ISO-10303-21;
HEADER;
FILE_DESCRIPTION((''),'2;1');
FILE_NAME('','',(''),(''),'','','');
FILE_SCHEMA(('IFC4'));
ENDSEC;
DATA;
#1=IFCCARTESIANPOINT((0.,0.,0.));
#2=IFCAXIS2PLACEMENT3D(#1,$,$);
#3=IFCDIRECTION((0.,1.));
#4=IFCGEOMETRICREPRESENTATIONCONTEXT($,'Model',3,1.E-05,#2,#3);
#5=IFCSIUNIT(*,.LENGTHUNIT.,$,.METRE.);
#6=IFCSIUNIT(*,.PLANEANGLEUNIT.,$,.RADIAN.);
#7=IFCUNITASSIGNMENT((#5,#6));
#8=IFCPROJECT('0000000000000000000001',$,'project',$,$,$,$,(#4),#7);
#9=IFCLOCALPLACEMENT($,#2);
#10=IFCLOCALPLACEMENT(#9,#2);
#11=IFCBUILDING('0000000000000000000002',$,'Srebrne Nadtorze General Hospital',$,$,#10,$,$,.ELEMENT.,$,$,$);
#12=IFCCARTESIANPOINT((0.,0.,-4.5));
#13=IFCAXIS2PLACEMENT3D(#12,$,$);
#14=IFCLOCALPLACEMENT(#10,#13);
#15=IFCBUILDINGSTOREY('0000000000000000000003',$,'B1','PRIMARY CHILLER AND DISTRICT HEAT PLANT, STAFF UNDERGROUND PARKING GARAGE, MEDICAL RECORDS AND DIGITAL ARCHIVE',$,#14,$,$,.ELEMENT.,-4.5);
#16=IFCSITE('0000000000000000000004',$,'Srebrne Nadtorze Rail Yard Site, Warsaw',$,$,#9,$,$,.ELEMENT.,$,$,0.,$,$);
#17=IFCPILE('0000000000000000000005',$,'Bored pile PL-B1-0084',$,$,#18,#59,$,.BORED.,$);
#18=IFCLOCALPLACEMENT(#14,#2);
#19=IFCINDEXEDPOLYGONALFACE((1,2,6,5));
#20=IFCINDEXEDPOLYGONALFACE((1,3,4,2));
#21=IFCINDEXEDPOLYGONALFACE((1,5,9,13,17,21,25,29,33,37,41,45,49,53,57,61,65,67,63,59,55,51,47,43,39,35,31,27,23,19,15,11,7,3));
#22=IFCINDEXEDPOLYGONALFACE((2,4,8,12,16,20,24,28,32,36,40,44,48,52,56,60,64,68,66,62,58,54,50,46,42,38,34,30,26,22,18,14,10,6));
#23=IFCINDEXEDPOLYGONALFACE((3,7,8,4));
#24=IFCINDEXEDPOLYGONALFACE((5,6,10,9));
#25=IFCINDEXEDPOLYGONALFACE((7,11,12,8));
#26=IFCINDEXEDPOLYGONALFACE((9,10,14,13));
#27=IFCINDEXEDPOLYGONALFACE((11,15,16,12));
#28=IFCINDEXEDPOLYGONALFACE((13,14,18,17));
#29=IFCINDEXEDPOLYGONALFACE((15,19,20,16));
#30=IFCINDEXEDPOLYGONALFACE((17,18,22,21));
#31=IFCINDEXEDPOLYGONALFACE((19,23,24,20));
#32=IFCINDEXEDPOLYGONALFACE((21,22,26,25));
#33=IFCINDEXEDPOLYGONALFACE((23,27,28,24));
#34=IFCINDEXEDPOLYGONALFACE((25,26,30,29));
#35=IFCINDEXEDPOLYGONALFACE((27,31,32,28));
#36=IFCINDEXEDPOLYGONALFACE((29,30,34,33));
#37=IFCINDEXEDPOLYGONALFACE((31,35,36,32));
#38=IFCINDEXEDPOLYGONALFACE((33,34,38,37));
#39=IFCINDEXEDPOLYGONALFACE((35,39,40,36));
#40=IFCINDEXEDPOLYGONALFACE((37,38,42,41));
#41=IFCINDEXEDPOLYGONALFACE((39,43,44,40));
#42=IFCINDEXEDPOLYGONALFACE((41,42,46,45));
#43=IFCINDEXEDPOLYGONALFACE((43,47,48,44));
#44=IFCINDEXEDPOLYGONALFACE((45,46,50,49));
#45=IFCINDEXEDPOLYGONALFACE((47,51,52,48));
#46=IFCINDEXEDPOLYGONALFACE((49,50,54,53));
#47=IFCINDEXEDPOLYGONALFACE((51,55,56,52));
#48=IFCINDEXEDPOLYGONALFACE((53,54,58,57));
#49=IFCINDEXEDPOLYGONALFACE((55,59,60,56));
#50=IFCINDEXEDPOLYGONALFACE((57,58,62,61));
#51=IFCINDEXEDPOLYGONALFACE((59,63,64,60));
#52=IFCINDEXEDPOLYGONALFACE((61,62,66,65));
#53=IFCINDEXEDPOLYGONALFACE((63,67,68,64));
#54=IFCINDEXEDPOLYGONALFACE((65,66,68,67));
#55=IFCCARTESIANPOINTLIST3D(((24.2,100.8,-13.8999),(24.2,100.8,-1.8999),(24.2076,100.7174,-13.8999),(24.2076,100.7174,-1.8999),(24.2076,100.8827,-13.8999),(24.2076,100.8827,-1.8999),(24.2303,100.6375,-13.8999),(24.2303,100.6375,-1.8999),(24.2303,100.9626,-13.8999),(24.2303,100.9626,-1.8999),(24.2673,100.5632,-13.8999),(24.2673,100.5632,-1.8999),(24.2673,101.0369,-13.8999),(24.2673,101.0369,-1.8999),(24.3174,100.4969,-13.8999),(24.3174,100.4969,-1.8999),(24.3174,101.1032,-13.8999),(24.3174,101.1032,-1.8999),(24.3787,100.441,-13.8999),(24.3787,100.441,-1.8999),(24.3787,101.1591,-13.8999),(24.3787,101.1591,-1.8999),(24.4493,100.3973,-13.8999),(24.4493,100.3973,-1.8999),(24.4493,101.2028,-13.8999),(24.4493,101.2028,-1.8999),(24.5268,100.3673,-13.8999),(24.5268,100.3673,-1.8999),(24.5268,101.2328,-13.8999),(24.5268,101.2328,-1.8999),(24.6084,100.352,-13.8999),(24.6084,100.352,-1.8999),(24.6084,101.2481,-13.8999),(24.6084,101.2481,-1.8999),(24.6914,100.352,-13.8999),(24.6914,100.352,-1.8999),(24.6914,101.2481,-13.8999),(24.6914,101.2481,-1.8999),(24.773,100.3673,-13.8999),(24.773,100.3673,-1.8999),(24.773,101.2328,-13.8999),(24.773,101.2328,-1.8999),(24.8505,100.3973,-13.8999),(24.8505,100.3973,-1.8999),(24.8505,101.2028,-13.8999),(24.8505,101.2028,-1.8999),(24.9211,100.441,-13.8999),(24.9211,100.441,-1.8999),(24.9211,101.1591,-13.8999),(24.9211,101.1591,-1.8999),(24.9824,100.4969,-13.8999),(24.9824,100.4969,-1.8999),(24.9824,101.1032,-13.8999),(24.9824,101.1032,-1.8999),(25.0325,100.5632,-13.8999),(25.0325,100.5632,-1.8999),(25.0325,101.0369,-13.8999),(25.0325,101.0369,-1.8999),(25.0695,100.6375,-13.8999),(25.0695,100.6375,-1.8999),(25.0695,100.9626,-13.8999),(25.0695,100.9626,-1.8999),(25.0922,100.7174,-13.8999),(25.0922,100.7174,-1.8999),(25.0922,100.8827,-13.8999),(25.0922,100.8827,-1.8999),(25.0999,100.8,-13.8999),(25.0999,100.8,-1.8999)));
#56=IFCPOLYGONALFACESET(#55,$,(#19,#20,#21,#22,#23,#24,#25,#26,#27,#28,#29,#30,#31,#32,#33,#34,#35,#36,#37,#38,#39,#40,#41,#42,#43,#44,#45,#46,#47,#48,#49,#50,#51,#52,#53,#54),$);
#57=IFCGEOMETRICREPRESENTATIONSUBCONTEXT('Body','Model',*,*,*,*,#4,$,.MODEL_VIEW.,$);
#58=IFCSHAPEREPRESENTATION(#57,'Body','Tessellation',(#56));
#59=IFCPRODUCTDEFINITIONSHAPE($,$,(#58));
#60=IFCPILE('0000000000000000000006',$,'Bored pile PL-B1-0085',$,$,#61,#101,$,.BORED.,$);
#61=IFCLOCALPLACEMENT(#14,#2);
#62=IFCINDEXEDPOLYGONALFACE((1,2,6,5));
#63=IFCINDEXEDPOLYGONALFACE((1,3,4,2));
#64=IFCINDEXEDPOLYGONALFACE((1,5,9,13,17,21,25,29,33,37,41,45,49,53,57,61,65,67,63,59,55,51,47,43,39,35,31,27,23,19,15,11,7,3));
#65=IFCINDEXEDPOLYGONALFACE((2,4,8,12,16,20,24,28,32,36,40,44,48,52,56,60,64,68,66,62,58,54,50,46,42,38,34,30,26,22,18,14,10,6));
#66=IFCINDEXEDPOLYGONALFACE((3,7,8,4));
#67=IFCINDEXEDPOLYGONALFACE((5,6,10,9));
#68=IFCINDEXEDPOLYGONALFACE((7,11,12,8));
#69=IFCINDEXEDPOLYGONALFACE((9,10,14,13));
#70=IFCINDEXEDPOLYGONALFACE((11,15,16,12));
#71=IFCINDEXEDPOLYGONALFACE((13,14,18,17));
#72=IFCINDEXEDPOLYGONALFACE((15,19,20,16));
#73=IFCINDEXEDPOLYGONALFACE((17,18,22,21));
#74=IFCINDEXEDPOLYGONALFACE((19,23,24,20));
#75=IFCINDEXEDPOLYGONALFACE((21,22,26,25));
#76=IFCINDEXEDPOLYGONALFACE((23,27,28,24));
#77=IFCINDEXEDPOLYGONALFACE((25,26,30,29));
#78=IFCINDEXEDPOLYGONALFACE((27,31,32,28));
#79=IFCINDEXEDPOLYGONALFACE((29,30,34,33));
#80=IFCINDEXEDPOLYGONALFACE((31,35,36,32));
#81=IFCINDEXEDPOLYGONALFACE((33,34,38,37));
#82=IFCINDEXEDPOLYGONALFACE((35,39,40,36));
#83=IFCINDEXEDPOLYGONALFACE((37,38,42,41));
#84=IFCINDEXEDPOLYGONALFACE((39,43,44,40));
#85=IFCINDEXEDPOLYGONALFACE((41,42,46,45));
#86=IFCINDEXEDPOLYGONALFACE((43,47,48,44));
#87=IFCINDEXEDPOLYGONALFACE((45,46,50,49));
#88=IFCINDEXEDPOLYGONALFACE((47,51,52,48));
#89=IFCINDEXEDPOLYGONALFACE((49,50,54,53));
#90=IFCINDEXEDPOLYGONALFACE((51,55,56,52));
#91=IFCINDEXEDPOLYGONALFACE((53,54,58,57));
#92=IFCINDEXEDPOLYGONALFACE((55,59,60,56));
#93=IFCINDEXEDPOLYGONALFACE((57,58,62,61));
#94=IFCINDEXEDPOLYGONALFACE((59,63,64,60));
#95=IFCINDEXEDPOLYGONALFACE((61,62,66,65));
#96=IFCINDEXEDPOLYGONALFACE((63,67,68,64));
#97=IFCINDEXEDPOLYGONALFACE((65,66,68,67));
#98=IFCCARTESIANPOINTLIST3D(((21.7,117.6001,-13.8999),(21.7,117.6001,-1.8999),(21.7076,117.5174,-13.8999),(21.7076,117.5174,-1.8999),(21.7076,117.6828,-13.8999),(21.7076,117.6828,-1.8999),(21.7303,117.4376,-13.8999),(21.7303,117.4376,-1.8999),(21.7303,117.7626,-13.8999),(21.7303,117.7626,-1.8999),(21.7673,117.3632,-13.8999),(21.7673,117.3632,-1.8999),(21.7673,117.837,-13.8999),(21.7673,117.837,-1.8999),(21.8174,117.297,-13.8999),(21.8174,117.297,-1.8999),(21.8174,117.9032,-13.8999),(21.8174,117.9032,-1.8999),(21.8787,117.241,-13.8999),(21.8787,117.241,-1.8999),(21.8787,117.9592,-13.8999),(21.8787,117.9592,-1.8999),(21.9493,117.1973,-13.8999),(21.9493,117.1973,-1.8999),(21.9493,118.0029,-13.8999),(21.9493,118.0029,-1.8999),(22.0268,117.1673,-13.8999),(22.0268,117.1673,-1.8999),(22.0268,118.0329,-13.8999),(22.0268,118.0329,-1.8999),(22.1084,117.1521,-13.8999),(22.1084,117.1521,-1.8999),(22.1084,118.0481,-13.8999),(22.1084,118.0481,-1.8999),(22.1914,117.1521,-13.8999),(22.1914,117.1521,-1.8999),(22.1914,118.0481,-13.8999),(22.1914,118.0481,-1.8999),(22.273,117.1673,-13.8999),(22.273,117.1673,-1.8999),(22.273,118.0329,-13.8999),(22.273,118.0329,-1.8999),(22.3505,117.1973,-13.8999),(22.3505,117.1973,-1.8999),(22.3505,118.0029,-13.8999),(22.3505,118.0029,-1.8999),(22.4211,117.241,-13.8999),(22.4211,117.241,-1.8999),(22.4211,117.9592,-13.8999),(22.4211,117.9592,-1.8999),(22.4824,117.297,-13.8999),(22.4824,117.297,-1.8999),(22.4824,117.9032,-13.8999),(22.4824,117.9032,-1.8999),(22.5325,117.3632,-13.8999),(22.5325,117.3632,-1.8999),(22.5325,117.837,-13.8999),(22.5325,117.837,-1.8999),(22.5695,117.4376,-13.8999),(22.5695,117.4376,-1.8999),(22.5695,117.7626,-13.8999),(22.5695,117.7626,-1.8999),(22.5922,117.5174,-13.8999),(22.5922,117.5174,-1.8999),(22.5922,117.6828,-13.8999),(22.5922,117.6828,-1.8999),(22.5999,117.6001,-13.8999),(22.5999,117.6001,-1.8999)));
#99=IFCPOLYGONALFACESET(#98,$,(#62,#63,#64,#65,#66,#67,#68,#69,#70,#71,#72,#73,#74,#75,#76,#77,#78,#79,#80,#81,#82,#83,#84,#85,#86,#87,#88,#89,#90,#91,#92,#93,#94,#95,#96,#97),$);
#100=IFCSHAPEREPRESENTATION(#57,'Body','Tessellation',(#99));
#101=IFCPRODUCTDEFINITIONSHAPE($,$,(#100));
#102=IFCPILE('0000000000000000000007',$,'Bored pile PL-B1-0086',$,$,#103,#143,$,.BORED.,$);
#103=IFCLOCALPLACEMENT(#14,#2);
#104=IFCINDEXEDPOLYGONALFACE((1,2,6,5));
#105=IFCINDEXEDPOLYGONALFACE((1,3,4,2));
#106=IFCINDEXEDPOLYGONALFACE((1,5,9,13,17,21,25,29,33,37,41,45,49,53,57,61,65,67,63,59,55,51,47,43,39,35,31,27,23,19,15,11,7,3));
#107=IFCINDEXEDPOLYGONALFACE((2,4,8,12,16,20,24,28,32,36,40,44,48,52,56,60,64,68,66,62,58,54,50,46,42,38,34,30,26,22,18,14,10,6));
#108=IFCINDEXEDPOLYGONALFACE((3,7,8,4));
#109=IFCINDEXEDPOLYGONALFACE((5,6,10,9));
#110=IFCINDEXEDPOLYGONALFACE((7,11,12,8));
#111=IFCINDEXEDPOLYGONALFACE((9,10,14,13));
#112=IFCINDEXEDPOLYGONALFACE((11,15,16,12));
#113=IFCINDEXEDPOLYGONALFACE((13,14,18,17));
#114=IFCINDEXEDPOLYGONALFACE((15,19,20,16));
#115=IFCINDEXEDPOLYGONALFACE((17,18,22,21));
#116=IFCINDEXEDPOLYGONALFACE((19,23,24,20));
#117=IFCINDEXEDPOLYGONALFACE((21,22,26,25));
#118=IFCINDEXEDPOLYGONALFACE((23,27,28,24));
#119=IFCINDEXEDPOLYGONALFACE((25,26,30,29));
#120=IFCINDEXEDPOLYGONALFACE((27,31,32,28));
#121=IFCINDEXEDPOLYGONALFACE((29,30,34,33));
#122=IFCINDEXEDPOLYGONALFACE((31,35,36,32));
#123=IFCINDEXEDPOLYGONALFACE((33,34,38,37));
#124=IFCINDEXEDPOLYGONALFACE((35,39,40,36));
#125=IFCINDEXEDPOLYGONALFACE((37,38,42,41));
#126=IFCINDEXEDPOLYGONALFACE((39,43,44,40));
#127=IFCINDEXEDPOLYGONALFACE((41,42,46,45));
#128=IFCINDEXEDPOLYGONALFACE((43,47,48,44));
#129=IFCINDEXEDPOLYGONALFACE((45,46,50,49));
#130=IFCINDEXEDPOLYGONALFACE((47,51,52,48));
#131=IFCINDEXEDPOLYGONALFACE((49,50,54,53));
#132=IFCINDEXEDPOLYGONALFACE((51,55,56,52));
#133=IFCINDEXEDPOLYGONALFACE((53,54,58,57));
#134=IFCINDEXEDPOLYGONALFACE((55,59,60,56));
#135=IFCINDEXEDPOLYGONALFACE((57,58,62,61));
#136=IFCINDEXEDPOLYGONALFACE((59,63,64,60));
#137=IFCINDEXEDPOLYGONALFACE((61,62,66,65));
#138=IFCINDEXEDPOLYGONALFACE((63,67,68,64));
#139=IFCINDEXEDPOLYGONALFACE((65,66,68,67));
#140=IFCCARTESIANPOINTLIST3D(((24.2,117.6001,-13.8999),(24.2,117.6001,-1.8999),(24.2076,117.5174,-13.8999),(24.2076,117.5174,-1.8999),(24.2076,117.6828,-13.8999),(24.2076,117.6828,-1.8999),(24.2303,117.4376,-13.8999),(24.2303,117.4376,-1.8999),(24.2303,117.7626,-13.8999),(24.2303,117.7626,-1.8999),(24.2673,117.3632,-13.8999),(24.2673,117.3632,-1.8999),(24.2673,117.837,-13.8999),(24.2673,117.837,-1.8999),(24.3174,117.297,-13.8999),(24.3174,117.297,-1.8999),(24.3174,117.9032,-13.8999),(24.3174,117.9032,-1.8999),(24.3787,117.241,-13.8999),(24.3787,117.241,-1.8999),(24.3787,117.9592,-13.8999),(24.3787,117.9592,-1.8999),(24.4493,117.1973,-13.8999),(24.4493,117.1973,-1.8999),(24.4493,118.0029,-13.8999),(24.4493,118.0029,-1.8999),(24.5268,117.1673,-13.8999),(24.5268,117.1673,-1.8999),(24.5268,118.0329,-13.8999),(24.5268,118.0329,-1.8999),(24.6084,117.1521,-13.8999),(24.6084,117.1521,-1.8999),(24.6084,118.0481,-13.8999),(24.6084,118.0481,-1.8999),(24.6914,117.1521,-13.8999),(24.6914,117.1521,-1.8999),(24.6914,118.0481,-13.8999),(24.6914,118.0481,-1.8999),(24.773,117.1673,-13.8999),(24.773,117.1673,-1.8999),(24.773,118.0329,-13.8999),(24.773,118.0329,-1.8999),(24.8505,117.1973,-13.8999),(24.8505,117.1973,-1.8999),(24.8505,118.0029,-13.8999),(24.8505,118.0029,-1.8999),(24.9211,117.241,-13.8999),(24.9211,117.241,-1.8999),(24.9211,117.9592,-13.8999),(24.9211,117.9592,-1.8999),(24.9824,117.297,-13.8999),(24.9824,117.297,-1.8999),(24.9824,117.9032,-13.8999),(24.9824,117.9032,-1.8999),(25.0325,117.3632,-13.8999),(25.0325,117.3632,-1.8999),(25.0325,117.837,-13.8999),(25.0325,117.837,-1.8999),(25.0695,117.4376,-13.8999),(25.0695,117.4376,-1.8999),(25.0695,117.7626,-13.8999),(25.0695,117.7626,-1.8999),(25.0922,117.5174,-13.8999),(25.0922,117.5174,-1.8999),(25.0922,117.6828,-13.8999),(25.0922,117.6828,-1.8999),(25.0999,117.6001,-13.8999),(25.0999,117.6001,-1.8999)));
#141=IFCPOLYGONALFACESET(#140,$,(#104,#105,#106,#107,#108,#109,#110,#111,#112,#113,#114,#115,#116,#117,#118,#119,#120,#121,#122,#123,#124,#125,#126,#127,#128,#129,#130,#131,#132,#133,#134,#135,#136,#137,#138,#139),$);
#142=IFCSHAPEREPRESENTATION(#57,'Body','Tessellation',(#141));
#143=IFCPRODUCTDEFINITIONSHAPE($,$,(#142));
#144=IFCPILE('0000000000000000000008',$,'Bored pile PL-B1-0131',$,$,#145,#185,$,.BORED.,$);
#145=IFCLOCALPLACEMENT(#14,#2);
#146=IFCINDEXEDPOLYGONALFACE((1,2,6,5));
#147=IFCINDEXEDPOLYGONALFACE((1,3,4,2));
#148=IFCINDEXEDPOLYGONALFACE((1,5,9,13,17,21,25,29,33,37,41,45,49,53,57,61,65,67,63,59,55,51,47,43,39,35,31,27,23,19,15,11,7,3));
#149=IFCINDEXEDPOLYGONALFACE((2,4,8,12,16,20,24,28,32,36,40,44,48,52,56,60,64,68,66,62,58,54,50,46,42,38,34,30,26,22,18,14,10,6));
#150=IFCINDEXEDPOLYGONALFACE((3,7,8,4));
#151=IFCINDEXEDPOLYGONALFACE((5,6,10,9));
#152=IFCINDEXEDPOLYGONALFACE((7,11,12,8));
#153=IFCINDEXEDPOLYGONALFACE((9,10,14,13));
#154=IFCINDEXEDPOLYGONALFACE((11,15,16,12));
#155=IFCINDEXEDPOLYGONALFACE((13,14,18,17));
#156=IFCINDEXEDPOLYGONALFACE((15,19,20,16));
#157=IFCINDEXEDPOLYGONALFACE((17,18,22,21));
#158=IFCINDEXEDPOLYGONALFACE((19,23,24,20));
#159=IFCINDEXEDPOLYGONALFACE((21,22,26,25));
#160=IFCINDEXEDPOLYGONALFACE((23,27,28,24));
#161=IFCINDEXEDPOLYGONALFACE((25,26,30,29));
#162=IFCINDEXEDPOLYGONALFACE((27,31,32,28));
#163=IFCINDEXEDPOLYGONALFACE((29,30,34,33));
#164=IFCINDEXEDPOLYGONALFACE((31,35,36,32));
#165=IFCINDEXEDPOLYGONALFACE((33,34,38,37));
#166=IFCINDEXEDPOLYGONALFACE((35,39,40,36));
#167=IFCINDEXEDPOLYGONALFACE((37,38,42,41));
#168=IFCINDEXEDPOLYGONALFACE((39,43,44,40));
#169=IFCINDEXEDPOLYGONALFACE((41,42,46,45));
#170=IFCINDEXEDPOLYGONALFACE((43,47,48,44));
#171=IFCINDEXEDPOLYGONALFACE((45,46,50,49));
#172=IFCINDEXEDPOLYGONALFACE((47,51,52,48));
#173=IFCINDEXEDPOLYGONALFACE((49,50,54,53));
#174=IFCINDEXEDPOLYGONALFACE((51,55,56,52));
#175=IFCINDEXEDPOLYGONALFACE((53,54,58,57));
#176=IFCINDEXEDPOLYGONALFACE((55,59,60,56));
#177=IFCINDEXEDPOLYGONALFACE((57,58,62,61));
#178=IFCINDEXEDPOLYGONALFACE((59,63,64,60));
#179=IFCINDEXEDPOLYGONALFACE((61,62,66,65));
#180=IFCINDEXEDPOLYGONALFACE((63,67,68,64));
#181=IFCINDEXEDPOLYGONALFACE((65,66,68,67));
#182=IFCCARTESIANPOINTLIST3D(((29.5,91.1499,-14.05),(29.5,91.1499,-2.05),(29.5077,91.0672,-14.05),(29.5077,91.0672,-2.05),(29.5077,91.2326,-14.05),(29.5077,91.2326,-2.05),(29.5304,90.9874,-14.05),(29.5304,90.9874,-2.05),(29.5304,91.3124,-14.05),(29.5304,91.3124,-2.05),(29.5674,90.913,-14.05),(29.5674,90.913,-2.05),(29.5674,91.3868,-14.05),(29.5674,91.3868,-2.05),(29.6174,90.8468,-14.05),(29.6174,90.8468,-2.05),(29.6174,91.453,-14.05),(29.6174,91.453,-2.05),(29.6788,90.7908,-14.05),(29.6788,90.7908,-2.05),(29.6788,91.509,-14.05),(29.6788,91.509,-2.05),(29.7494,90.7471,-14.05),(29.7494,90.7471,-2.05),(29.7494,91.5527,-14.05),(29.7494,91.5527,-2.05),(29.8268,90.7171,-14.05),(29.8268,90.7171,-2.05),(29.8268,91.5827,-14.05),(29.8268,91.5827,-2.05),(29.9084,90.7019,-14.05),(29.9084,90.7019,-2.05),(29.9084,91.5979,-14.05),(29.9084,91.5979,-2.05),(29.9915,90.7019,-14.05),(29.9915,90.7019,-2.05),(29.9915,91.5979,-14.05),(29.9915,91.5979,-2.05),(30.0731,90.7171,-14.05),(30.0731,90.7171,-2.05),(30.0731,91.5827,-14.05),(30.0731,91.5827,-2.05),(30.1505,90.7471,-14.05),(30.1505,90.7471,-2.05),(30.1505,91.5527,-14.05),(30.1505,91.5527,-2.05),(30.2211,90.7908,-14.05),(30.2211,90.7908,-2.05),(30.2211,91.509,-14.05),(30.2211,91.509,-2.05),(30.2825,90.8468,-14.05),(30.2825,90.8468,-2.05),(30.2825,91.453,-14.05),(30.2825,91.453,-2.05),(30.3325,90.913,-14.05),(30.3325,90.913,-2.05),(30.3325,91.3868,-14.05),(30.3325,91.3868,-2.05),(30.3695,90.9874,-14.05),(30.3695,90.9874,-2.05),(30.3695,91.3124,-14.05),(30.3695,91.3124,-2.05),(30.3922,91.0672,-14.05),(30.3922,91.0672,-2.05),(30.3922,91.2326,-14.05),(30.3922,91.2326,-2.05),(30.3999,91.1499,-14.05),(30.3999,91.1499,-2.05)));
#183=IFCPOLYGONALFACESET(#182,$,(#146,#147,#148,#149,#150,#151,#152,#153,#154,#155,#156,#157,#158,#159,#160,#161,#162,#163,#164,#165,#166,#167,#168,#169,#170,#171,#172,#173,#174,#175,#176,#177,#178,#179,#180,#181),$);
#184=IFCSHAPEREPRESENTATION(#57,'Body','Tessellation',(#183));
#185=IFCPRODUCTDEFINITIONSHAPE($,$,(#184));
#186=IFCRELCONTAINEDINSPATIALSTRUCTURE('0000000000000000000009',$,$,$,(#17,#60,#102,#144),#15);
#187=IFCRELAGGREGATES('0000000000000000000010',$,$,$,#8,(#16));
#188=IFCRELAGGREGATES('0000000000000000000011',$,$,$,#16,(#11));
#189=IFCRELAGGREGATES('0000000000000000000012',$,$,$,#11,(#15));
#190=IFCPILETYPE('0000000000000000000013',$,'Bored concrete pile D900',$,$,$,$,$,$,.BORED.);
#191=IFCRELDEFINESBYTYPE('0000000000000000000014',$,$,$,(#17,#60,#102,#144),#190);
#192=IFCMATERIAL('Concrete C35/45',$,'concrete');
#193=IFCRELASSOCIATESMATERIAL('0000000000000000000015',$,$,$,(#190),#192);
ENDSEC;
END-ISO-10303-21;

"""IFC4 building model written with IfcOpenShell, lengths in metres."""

from ifc_helpers import new_model, si_unit, direction, frame, origin, origin_2d, place, context, subcontext, project, spatial, circle, extrude, material, material_profile, profile_set, type_object, element, save


model = new_model("IFC4")

# Units and contexts
model_context = context("Model", 3, precision=1e-05, world=origin(), true_north=direction((0.0, 1.0)))
body_context = subcontext(model_context, "Body", "Model", "MODEL_VIEW")
ifc_project = project(units=[si_unit("LENGTHUNIT", "METRE"), si_unit("PLANEANGLEUNIT", "RADIAN")], contexts=[model_context])

# Site, building, storey
site_placement = place(None, origin())
site = spatial("IfcSite", under=ifc_project, at=site_placement, Name="Srebrne Nadtorze Rail Yard Site, Warsaw", CompositionType="ELEMENT", RefElevation=0.0)
building_placement = place(site_placement, origin())
building = spatial("IfcBuilding", under=site, at=building_placement, Name="Srebrne Nadtorze General Hospital", CompositionType="ELEMENT")
storey_placement = place(building_placement, frame((0.0, 0.0, -4.5)))
storey = spatial("IfcBuildingStorey", under=building, at=storey_placement, Name="B1", Description="PRIMARY CHILLER AND DISTRICT HEAT PLANT, STAFF UNDERGROUND PARKING GARAGE, MEDICAL RECORDS AND DIGITAL ARCHIVE", CompositionType="ELEMENT", Elevation=-4.5)

# Piles
ifc_material_1 = material(Name="Concrete C35/45", Category="concrete")
ifc_material_profile_1 = material_profile(ifc_material_1, circle(Radius=0.45, at=origin_2d()), Name="PILE-D900")
ifc_profile_set_1 = profile_set([ifc_material_profile_1], Name="Concrete C35/45")
pile_type_1 = type_object("IfcPileType", Name="Bored concrete pile D900", PredefinedType="BORED", material=ifc_profile_set_1)
for number, where, z_axis, x_axis, name in (
    (1, (24.6499, 100.8, -1.8999), (0.0, 0.0, -1.0), (1.0, 0.0, 0.0), "Bored pile PL-B1-0084"),
    (2, (22.1499, 117.6001, -1.8999), (0.0, 0.0, -1.0), (1.0, 0.0, 0.0), "Bored pile PL-B1-0085"),
    (3, (24.6499, 117.6001, -1.8999), (0.0, 0.0, -1.0), (1.0, 0.0, 0.0), "Bored pile PL-B1-0086"),
    (4, (29.95, 91.1499, -2.05), (0.0, 0.0, -1.0), (1.0, 0.0, 0.0), "Bored pile PL-B1-0131"),
):
    element("IfcPile", number, at=place(storey_placement, frame(where, z_axis=z_axis, x_axis=x_axis)), inside=storey, type_object=pile_type_1, Name=name, PredefinedType="BORED", context=body_context, shape_type="SweptSolid", body=[
        extrude(circle(Radius=0.45, at=origin_2d()), origin(), (0.0, 0.0, 1.0), 12.0),
    ])

save(model, "model.ifc")
